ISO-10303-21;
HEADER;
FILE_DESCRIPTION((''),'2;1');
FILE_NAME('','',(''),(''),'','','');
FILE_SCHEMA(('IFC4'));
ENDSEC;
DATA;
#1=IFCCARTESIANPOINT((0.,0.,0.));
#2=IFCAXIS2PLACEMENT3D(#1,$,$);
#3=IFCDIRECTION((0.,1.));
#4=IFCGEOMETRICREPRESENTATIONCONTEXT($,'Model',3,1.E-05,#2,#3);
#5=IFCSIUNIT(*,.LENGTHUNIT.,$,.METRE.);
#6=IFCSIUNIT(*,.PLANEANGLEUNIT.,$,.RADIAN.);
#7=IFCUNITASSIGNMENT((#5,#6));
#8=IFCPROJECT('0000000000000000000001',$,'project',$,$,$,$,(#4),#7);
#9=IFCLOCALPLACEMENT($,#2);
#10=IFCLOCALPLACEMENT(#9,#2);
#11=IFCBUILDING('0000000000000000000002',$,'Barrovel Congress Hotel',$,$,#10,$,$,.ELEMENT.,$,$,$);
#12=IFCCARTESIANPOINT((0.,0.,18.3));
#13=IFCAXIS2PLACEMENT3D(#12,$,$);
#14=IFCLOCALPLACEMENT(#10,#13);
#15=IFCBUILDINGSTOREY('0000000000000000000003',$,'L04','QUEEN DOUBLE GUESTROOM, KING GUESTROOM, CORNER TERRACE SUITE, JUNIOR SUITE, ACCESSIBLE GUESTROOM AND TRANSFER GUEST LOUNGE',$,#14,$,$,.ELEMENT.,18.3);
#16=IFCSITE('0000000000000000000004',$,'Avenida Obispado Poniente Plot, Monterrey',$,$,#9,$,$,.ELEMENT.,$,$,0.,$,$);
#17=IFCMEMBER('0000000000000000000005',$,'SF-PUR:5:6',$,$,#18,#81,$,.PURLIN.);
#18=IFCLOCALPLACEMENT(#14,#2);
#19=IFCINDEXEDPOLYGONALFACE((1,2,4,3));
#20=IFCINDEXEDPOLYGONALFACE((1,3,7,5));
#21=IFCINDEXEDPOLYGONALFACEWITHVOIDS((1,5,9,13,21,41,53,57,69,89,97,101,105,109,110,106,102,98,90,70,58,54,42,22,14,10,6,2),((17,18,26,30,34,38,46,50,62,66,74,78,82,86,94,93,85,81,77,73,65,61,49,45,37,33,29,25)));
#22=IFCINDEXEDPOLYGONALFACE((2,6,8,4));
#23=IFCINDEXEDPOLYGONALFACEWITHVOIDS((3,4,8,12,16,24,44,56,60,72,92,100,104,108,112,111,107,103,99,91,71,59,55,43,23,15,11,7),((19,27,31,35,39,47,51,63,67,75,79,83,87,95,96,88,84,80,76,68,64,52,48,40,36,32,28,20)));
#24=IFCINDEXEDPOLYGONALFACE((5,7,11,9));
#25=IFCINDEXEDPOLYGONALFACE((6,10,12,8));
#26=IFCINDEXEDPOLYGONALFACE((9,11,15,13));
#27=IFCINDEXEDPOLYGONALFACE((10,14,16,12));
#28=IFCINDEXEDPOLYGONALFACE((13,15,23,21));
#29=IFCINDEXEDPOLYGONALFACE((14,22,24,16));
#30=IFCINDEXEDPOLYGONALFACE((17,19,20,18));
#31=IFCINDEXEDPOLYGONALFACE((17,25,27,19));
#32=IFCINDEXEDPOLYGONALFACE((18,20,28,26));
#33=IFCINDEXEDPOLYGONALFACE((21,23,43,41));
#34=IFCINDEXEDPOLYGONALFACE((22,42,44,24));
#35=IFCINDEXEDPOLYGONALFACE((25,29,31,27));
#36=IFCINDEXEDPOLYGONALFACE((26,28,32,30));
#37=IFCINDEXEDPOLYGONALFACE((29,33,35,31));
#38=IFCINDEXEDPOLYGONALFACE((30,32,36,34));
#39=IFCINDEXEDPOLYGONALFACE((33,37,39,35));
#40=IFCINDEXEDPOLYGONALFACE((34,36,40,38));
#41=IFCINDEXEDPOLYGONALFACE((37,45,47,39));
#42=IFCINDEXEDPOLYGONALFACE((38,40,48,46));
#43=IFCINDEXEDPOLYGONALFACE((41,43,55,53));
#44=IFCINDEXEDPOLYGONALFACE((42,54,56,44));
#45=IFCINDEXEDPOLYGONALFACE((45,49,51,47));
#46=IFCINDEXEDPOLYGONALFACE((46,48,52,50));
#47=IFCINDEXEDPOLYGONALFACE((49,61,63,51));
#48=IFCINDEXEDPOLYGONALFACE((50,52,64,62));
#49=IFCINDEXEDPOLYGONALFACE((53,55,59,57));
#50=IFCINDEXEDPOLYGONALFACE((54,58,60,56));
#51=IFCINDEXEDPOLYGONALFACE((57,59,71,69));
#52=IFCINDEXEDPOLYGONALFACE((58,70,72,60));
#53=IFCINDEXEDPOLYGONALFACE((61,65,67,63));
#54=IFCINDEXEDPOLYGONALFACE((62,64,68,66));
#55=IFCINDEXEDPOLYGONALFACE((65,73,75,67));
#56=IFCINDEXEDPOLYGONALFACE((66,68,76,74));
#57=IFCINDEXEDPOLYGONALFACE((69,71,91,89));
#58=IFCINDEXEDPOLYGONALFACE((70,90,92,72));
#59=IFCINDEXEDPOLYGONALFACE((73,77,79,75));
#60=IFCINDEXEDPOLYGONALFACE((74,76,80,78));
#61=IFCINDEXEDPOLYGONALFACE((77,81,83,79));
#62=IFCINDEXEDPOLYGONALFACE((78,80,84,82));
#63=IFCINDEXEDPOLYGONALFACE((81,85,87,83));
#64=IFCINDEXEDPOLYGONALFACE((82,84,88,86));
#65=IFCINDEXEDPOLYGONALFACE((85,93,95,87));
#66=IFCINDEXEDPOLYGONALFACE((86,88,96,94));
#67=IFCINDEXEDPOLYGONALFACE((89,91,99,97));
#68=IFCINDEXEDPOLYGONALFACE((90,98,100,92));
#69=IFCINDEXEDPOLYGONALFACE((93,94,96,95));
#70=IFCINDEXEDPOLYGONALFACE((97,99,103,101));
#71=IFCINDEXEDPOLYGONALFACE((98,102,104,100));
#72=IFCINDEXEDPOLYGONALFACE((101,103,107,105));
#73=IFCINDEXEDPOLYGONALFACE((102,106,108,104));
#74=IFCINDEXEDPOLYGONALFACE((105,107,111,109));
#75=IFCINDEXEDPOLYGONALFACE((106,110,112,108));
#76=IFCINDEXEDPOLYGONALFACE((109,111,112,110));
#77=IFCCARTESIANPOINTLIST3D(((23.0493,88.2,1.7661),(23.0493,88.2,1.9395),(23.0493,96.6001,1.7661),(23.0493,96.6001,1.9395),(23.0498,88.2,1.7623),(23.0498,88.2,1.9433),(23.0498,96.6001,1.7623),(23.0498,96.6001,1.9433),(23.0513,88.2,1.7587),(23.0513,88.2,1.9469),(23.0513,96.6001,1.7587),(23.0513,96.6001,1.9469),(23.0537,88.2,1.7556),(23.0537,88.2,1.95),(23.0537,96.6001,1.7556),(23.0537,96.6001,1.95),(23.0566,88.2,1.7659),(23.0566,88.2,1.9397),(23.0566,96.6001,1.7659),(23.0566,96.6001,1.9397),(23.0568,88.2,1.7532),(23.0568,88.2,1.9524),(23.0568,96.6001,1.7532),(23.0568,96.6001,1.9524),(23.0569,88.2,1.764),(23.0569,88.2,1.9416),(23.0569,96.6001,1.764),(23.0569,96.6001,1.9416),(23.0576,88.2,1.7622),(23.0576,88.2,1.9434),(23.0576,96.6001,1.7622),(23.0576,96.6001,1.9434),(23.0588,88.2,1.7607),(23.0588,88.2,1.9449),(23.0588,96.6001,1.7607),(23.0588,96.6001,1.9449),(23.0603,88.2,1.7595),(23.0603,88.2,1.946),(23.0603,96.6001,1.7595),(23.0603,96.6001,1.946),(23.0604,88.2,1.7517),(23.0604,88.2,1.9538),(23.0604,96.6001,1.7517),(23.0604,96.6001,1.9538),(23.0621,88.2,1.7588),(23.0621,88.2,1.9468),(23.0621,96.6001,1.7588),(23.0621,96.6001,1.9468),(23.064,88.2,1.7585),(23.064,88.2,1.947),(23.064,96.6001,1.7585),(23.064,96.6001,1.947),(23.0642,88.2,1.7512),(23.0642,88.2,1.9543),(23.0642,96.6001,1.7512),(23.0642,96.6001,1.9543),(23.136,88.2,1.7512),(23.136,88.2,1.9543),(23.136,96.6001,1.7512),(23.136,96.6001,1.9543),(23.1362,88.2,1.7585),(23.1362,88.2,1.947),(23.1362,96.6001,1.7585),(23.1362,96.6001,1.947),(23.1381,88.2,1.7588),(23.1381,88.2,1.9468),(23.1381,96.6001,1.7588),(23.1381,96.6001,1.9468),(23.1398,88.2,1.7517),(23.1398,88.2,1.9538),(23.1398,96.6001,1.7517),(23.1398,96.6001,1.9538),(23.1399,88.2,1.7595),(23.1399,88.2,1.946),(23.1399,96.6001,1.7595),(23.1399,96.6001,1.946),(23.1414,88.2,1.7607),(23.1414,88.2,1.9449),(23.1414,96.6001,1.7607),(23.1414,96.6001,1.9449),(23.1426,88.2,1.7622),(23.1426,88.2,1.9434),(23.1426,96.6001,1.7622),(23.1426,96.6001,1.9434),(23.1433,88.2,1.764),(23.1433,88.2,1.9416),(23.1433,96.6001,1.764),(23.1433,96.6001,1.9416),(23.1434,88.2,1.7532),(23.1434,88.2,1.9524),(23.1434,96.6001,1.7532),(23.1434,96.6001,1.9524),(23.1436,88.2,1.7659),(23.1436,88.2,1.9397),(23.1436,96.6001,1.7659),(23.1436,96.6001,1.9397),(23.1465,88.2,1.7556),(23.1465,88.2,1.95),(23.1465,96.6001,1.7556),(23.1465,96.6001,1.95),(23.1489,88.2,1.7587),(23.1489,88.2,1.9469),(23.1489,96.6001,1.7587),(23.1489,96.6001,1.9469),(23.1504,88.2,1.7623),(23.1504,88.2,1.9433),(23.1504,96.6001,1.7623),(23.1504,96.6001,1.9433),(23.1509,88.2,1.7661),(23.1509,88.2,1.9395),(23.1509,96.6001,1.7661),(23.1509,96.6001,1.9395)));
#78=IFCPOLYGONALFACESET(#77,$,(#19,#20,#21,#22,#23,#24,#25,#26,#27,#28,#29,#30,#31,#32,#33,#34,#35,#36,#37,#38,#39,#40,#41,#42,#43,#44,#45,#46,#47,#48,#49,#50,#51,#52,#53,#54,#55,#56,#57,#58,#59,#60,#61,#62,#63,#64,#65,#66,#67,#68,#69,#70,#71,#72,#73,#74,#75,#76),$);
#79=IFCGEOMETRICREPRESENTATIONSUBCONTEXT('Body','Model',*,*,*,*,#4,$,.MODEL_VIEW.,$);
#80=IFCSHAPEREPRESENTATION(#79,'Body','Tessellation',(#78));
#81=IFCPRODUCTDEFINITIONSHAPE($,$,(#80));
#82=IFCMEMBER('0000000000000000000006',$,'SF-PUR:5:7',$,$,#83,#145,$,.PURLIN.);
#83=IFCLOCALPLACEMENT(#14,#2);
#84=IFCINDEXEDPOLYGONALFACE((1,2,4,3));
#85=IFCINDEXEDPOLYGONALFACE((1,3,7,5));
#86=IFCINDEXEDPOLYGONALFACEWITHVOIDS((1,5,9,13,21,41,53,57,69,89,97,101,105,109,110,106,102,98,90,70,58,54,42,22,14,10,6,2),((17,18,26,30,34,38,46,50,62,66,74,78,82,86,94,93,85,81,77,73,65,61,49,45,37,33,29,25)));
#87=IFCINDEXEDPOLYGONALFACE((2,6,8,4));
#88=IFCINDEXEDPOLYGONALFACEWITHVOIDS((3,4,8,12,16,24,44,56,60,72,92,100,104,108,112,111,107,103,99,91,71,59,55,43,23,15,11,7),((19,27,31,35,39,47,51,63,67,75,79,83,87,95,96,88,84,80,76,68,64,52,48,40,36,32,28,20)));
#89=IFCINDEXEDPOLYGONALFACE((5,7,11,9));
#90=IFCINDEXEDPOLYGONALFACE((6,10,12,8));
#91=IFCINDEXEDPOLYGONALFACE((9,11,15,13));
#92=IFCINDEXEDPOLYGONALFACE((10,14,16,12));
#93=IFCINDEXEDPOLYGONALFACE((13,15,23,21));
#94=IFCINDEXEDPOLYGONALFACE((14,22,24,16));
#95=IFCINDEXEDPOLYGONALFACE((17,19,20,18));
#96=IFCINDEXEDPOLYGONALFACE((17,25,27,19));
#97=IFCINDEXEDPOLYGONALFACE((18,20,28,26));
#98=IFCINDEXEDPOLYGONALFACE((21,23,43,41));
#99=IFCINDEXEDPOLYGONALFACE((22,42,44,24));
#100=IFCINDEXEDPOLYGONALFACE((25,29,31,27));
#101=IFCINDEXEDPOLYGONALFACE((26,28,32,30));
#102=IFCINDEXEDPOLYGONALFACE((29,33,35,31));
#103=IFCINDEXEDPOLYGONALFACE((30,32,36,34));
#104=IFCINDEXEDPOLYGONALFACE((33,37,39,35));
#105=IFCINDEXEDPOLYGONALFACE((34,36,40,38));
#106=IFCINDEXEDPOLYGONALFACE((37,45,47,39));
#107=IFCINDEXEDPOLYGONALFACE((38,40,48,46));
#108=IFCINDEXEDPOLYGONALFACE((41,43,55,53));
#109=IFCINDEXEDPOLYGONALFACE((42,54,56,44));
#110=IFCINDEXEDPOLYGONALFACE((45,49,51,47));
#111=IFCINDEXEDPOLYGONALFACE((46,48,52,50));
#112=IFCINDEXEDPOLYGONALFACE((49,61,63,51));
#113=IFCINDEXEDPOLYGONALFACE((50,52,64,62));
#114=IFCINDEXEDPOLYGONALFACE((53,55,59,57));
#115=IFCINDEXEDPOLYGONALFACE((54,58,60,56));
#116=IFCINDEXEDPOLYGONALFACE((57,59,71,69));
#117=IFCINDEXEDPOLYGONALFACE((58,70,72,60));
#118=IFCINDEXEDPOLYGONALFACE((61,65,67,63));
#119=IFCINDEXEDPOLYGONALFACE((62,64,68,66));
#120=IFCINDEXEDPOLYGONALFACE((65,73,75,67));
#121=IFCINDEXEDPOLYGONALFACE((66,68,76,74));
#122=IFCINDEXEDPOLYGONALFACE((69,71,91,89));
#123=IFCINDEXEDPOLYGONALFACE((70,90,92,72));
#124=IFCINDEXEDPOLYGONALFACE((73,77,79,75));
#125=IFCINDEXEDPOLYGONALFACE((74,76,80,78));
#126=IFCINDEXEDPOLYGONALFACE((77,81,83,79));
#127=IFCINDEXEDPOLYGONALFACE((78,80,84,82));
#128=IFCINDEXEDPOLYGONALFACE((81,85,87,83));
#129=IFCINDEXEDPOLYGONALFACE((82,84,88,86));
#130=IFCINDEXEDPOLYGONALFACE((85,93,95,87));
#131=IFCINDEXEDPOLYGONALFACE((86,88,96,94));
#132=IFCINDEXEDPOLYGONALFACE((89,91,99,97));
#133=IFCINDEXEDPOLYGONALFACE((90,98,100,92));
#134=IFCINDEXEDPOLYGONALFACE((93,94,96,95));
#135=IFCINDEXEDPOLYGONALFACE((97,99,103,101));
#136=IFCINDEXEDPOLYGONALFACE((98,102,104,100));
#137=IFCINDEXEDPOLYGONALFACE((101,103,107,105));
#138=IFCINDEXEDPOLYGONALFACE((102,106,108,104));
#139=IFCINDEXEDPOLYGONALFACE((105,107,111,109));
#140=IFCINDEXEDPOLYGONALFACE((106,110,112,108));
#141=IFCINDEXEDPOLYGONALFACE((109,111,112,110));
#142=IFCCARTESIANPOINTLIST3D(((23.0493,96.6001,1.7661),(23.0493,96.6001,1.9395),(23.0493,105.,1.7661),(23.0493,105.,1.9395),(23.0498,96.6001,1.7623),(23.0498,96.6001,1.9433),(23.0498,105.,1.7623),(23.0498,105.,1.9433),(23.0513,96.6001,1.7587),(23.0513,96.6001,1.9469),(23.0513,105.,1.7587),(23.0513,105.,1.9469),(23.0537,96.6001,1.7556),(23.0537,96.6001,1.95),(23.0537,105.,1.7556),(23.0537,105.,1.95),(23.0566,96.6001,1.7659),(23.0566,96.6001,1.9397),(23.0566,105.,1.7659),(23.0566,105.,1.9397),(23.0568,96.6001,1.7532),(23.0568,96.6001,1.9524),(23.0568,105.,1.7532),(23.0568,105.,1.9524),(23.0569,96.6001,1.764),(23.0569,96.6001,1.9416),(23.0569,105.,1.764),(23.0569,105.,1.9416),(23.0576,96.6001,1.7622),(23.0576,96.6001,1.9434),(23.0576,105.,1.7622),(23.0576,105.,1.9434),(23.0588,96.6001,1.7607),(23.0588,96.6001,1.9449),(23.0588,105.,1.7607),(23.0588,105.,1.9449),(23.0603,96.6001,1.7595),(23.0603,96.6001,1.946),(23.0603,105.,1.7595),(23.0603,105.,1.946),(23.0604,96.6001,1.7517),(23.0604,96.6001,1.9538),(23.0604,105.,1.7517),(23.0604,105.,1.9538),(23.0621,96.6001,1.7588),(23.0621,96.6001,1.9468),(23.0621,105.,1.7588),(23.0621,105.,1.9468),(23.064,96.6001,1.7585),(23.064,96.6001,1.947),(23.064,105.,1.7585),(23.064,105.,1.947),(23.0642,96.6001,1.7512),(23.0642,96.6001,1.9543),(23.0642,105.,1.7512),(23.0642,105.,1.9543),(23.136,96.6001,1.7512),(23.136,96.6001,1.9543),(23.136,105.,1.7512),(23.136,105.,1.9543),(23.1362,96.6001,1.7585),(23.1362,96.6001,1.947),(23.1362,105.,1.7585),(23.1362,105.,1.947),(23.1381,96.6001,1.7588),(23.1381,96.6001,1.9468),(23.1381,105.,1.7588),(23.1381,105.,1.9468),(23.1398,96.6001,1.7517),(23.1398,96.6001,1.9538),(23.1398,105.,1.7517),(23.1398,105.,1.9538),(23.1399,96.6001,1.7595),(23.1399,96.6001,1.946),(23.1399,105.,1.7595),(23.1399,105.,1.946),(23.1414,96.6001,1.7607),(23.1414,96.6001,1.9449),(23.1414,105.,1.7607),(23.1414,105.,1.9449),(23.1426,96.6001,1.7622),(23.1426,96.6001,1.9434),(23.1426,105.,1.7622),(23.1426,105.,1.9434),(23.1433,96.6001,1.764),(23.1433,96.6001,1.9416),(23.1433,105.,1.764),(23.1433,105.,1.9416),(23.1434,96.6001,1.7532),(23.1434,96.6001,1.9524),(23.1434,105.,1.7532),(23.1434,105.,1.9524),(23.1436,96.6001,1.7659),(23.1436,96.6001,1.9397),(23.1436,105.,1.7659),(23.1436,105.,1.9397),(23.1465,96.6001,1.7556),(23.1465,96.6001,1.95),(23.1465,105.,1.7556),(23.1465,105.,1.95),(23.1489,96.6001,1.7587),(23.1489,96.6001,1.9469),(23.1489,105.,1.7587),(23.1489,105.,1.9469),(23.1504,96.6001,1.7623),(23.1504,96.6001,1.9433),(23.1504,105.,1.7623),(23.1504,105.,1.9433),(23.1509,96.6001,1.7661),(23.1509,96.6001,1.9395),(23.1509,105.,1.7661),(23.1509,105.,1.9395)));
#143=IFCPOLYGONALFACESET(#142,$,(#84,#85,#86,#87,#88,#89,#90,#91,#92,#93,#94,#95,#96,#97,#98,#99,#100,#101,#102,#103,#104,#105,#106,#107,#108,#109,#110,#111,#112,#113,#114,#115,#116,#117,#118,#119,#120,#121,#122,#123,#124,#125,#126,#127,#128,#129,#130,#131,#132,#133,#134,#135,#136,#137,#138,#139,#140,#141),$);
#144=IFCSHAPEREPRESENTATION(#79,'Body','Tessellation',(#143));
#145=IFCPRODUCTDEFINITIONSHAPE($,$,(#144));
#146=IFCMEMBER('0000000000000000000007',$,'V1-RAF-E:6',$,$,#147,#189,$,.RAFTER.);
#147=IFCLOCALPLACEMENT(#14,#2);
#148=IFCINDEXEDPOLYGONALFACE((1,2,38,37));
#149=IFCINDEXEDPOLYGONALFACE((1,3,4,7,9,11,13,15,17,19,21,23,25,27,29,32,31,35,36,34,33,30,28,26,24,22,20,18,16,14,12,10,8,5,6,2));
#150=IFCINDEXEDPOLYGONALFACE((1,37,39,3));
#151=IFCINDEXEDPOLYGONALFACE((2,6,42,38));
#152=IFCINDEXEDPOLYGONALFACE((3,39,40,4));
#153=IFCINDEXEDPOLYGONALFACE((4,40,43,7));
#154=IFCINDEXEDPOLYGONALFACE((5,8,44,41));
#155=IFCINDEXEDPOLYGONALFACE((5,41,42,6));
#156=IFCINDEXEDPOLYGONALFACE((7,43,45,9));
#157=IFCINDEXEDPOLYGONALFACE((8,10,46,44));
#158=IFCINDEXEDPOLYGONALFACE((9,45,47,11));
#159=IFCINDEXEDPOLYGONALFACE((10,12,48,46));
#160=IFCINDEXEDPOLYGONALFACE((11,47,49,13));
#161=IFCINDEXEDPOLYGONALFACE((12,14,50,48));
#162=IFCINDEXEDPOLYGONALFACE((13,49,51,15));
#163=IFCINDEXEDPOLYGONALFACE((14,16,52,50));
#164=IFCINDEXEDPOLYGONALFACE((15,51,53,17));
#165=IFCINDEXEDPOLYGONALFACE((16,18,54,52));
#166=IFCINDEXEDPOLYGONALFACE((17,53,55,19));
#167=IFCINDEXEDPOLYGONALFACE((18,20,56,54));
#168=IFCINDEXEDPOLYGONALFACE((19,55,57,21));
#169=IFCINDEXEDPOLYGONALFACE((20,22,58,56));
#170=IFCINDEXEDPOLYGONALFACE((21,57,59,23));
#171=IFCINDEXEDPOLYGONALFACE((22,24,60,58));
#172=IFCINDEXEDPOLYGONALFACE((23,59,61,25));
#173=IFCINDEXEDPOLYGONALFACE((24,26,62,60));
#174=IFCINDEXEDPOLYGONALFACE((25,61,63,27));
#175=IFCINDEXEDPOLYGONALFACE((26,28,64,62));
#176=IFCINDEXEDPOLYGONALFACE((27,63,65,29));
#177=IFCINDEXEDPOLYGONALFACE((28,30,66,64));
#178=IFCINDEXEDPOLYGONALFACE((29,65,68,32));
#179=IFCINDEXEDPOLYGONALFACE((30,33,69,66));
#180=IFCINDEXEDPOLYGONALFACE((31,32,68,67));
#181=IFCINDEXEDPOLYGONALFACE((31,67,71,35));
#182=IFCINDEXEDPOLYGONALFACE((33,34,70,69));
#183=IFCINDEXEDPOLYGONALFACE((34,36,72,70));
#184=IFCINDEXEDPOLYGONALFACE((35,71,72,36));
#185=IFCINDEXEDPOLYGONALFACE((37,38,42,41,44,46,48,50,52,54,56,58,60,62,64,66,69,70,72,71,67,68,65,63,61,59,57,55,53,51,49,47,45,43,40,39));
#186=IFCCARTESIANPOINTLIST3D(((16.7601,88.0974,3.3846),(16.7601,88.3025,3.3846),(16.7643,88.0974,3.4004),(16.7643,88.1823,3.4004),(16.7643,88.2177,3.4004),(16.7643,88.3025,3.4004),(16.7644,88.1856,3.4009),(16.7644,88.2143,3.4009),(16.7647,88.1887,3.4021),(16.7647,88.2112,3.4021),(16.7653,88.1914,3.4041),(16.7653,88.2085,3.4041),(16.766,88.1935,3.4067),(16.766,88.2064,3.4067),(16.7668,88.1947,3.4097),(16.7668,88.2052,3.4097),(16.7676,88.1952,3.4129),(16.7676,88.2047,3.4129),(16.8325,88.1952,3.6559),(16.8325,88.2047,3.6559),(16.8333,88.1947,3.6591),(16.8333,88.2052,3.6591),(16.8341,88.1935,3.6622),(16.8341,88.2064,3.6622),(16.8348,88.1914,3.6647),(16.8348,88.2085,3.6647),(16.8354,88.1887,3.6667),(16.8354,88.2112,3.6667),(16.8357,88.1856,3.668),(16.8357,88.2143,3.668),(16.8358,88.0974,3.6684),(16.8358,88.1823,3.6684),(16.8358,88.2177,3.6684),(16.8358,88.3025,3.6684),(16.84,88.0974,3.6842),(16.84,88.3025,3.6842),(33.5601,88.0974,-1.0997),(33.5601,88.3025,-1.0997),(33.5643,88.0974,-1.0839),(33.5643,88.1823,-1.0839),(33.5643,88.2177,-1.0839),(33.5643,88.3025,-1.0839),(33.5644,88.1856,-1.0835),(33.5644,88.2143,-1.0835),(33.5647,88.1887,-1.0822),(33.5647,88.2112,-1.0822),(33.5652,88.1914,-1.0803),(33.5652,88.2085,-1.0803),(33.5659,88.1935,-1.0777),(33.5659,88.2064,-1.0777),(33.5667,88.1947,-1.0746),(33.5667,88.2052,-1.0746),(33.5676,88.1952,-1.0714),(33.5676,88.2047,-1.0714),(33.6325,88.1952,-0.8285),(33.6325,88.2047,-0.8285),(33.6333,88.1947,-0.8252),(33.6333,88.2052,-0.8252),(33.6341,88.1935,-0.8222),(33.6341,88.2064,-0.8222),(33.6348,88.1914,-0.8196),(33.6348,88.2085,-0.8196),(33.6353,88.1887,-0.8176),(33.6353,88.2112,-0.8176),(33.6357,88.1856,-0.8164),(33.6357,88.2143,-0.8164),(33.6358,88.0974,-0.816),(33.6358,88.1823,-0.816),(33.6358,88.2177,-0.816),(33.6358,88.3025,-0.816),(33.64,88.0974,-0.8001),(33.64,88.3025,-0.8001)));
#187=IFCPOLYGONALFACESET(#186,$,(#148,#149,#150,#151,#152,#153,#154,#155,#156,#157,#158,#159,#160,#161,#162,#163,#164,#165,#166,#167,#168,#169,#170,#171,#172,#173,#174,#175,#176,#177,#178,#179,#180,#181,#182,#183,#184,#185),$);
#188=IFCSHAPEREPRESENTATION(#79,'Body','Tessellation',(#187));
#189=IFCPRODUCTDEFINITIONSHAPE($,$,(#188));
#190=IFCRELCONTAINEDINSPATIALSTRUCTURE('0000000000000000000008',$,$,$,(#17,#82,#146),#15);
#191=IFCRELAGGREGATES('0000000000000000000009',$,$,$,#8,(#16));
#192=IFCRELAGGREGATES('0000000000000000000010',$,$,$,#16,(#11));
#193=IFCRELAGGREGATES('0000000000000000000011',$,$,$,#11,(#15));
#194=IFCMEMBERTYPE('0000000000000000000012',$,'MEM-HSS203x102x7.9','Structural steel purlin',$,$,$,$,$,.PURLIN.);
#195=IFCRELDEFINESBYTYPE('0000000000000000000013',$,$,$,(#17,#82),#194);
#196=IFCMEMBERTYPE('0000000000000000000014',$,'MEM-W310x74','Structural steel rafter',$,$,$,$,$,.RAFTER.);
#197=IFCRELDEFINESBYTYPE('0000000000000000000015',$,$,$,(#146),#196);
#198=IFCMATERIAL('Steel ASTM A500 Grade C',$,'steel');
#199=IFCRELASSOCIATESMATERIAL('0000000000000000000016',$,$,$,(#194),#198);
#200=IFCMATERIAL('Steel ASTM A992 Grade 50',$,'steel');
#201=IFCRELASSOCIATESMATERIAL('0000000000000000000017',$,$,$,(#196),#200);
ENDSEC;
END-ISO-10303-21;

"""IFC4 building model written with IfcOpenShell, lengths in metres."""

from ifc_helpers import new_model, si_unit, direction, frame, origin, origin_2d, place, context, subcontext, project, spatial, hollow_rectangle, i_section, extrude, material, material_profile, profile_set, type_object, element, save


model = new_model("IFC4")

# Units and contexts
model_context = context("Model", 3, precision=1e-05, world=origin(), true_north=direction((0.0, 1.0)))
body_context = subcontext(model_context, "Body", "Model", "MODEL_VIEW")
ifc_project = project(units=[si_unit("LENGTHUNIT", "METRE"), si_unit("PLANEANGLEUNIT", "RADIAN")], contexts=[model_context])

# Site, building, storey
site_placement = place(None, origin())
site = spatial("IfcSite", under=ifc_project, at=site_placement, Name="Avenida Obispado Poniente Plot, Monterrey", CompositionType="ELEMENT", RefElevation=0.0)
building_placement = place(site_placement, origin())
building = spatial("IfcBuilding", under=site, at=building_placement, Name="Barrovel Congress Hotel", CompositionType="ELEMENT")
storey_placement = place(building_placement, frame((0.0, 0.0, 18.3)))
storey = spatial("IfcBuildingStorey", under=building, at=storey_placement, Name="L04", Description="QUEEN DOUBLE GUESTROOM, KING GUESTROOM, CORNER TERRACE SUITE, JUNIOR SUITE, ACCESSIBLE GUESTROOM AND TRANSFER GUEST LOUNGE", CompositionType="ELEMENT", Elevation=18.3)

# Members
ifc_material_1 = material(Name="Steel ASTM A500 Grade C", Category="steel")
ifc_material_profile_1 = material_profile(ifc_material_1, hollow_rectangle(XDim=0.1016, YDim=0.2031, WallThickness=0.0073, InnerFilletRadius=0.0073, OuterFilletRadius=0.0149, at=origin_2d()), Name="HSS203x102x7.9")
ifc_profile_set_1 = profile_set([ifc_material_profile_1], Name="Steel ASTM A500 Grade C")
member_type_1 = type_object("IfcMemberType", Name="MEM-HSS203x102x7.9", Description="Structural steel purlin", PredefinedType="PURLIN", material=ifc_profile_set_1)
member_1_placement = place(storey_placement, frame((23.1001, 88.2, 1.8528), z_axis=(0.0, 1.0, 0.0), x_axis=(-1.0, 0.0, 0.0)))
element("IfcMember", 1, at=member_1_placement, inside=storey, type_object=member_type_1, Name="SF-PUR:5:6", PredefinedType="PURLIN", context=body_context, shape_type="SweptSolid", body=[
    extrude(hollow_rectangle(XDim=0.1016, YDim=0.2031, WallThickness=0.0073, InnerFilletRadius=0.0073, OuterFilletRadius=0.0149, at=origin_2d()), origin(), (0.0, 0.0, 1.0), 8.4001),
])
member_2_placement = place(storey_placement, frame((23.1001, 96.6001, 1.8528), z_axis=(0.0, 1.0, 0.0), x_axis=(-1.0, 0.0, 0.0)))
element("IfcMember", 2, at=member_2_placement, inside=storey, type_object=member_type_1, Name="SF-PUR:5:7", PredefinedType="PURLIN", context=body_context, shape_type="SweptSolid", body=[
    extrude(hollow_rectangle(XDim=0.1016, YDim=0.2031, WallThickness=0.0073, InnerFilletRadius=0.0073, OuterFilletRadius=0.0149, at=origin_2d()), origin(), (0.0, 0.0, 1.0), 8.3999),
])
ifc_material_2 = material(Name="Steel ASTM A992 Grade 50", Category="steel")
ifc_material_profile_2 = material_profile(ifc_material_2, i_section(OverallWidth=0.2051, OverallDepth=0.3101, WebThickness=0.0095, FlangeThickness=0.0164, FilletRadius=0.0129, at=origin_2d()), Name="W310x74")
ifc_profile_set_2 = profile_set([ifc_material_profile_2], Name="Steel ASTM A992 Grade 50")
member_type_2 = type_object("IfcMemberType", Name="MEM-W310x74", Description="Structural steel rafter", PredefinedType="RAFTER", material=ifc_profile_set_2)
for number, where, z_axis, x_axis, name in (
    (3, (16.8, 88.2, 3.5344), (0.966172, 0.0, -0.257897), (0.0, 1.0, 0.0), "V1-RAF-E:6"),
):
    element("IfcMember", number, at=place(storey_placement, frame(where, z_axis=z_axis, x_axis=x_axis)), inside=storey, type_object=member_type_2, Name=name, PredefinedType="RAFTER", context=body_context, shape_type="SweptSolid", body=[
        extrude(i_section(OverallWidth=0.2051, OverallDepth=0.3101, WebThickness=0.0095, FlangeThickness=0.0164, FilletRadius=0.0129, at=origin_2d()), origin(), (0.0, 0.0, 1.0), 17.3882),
    ])

save(model, "model.ifc")
